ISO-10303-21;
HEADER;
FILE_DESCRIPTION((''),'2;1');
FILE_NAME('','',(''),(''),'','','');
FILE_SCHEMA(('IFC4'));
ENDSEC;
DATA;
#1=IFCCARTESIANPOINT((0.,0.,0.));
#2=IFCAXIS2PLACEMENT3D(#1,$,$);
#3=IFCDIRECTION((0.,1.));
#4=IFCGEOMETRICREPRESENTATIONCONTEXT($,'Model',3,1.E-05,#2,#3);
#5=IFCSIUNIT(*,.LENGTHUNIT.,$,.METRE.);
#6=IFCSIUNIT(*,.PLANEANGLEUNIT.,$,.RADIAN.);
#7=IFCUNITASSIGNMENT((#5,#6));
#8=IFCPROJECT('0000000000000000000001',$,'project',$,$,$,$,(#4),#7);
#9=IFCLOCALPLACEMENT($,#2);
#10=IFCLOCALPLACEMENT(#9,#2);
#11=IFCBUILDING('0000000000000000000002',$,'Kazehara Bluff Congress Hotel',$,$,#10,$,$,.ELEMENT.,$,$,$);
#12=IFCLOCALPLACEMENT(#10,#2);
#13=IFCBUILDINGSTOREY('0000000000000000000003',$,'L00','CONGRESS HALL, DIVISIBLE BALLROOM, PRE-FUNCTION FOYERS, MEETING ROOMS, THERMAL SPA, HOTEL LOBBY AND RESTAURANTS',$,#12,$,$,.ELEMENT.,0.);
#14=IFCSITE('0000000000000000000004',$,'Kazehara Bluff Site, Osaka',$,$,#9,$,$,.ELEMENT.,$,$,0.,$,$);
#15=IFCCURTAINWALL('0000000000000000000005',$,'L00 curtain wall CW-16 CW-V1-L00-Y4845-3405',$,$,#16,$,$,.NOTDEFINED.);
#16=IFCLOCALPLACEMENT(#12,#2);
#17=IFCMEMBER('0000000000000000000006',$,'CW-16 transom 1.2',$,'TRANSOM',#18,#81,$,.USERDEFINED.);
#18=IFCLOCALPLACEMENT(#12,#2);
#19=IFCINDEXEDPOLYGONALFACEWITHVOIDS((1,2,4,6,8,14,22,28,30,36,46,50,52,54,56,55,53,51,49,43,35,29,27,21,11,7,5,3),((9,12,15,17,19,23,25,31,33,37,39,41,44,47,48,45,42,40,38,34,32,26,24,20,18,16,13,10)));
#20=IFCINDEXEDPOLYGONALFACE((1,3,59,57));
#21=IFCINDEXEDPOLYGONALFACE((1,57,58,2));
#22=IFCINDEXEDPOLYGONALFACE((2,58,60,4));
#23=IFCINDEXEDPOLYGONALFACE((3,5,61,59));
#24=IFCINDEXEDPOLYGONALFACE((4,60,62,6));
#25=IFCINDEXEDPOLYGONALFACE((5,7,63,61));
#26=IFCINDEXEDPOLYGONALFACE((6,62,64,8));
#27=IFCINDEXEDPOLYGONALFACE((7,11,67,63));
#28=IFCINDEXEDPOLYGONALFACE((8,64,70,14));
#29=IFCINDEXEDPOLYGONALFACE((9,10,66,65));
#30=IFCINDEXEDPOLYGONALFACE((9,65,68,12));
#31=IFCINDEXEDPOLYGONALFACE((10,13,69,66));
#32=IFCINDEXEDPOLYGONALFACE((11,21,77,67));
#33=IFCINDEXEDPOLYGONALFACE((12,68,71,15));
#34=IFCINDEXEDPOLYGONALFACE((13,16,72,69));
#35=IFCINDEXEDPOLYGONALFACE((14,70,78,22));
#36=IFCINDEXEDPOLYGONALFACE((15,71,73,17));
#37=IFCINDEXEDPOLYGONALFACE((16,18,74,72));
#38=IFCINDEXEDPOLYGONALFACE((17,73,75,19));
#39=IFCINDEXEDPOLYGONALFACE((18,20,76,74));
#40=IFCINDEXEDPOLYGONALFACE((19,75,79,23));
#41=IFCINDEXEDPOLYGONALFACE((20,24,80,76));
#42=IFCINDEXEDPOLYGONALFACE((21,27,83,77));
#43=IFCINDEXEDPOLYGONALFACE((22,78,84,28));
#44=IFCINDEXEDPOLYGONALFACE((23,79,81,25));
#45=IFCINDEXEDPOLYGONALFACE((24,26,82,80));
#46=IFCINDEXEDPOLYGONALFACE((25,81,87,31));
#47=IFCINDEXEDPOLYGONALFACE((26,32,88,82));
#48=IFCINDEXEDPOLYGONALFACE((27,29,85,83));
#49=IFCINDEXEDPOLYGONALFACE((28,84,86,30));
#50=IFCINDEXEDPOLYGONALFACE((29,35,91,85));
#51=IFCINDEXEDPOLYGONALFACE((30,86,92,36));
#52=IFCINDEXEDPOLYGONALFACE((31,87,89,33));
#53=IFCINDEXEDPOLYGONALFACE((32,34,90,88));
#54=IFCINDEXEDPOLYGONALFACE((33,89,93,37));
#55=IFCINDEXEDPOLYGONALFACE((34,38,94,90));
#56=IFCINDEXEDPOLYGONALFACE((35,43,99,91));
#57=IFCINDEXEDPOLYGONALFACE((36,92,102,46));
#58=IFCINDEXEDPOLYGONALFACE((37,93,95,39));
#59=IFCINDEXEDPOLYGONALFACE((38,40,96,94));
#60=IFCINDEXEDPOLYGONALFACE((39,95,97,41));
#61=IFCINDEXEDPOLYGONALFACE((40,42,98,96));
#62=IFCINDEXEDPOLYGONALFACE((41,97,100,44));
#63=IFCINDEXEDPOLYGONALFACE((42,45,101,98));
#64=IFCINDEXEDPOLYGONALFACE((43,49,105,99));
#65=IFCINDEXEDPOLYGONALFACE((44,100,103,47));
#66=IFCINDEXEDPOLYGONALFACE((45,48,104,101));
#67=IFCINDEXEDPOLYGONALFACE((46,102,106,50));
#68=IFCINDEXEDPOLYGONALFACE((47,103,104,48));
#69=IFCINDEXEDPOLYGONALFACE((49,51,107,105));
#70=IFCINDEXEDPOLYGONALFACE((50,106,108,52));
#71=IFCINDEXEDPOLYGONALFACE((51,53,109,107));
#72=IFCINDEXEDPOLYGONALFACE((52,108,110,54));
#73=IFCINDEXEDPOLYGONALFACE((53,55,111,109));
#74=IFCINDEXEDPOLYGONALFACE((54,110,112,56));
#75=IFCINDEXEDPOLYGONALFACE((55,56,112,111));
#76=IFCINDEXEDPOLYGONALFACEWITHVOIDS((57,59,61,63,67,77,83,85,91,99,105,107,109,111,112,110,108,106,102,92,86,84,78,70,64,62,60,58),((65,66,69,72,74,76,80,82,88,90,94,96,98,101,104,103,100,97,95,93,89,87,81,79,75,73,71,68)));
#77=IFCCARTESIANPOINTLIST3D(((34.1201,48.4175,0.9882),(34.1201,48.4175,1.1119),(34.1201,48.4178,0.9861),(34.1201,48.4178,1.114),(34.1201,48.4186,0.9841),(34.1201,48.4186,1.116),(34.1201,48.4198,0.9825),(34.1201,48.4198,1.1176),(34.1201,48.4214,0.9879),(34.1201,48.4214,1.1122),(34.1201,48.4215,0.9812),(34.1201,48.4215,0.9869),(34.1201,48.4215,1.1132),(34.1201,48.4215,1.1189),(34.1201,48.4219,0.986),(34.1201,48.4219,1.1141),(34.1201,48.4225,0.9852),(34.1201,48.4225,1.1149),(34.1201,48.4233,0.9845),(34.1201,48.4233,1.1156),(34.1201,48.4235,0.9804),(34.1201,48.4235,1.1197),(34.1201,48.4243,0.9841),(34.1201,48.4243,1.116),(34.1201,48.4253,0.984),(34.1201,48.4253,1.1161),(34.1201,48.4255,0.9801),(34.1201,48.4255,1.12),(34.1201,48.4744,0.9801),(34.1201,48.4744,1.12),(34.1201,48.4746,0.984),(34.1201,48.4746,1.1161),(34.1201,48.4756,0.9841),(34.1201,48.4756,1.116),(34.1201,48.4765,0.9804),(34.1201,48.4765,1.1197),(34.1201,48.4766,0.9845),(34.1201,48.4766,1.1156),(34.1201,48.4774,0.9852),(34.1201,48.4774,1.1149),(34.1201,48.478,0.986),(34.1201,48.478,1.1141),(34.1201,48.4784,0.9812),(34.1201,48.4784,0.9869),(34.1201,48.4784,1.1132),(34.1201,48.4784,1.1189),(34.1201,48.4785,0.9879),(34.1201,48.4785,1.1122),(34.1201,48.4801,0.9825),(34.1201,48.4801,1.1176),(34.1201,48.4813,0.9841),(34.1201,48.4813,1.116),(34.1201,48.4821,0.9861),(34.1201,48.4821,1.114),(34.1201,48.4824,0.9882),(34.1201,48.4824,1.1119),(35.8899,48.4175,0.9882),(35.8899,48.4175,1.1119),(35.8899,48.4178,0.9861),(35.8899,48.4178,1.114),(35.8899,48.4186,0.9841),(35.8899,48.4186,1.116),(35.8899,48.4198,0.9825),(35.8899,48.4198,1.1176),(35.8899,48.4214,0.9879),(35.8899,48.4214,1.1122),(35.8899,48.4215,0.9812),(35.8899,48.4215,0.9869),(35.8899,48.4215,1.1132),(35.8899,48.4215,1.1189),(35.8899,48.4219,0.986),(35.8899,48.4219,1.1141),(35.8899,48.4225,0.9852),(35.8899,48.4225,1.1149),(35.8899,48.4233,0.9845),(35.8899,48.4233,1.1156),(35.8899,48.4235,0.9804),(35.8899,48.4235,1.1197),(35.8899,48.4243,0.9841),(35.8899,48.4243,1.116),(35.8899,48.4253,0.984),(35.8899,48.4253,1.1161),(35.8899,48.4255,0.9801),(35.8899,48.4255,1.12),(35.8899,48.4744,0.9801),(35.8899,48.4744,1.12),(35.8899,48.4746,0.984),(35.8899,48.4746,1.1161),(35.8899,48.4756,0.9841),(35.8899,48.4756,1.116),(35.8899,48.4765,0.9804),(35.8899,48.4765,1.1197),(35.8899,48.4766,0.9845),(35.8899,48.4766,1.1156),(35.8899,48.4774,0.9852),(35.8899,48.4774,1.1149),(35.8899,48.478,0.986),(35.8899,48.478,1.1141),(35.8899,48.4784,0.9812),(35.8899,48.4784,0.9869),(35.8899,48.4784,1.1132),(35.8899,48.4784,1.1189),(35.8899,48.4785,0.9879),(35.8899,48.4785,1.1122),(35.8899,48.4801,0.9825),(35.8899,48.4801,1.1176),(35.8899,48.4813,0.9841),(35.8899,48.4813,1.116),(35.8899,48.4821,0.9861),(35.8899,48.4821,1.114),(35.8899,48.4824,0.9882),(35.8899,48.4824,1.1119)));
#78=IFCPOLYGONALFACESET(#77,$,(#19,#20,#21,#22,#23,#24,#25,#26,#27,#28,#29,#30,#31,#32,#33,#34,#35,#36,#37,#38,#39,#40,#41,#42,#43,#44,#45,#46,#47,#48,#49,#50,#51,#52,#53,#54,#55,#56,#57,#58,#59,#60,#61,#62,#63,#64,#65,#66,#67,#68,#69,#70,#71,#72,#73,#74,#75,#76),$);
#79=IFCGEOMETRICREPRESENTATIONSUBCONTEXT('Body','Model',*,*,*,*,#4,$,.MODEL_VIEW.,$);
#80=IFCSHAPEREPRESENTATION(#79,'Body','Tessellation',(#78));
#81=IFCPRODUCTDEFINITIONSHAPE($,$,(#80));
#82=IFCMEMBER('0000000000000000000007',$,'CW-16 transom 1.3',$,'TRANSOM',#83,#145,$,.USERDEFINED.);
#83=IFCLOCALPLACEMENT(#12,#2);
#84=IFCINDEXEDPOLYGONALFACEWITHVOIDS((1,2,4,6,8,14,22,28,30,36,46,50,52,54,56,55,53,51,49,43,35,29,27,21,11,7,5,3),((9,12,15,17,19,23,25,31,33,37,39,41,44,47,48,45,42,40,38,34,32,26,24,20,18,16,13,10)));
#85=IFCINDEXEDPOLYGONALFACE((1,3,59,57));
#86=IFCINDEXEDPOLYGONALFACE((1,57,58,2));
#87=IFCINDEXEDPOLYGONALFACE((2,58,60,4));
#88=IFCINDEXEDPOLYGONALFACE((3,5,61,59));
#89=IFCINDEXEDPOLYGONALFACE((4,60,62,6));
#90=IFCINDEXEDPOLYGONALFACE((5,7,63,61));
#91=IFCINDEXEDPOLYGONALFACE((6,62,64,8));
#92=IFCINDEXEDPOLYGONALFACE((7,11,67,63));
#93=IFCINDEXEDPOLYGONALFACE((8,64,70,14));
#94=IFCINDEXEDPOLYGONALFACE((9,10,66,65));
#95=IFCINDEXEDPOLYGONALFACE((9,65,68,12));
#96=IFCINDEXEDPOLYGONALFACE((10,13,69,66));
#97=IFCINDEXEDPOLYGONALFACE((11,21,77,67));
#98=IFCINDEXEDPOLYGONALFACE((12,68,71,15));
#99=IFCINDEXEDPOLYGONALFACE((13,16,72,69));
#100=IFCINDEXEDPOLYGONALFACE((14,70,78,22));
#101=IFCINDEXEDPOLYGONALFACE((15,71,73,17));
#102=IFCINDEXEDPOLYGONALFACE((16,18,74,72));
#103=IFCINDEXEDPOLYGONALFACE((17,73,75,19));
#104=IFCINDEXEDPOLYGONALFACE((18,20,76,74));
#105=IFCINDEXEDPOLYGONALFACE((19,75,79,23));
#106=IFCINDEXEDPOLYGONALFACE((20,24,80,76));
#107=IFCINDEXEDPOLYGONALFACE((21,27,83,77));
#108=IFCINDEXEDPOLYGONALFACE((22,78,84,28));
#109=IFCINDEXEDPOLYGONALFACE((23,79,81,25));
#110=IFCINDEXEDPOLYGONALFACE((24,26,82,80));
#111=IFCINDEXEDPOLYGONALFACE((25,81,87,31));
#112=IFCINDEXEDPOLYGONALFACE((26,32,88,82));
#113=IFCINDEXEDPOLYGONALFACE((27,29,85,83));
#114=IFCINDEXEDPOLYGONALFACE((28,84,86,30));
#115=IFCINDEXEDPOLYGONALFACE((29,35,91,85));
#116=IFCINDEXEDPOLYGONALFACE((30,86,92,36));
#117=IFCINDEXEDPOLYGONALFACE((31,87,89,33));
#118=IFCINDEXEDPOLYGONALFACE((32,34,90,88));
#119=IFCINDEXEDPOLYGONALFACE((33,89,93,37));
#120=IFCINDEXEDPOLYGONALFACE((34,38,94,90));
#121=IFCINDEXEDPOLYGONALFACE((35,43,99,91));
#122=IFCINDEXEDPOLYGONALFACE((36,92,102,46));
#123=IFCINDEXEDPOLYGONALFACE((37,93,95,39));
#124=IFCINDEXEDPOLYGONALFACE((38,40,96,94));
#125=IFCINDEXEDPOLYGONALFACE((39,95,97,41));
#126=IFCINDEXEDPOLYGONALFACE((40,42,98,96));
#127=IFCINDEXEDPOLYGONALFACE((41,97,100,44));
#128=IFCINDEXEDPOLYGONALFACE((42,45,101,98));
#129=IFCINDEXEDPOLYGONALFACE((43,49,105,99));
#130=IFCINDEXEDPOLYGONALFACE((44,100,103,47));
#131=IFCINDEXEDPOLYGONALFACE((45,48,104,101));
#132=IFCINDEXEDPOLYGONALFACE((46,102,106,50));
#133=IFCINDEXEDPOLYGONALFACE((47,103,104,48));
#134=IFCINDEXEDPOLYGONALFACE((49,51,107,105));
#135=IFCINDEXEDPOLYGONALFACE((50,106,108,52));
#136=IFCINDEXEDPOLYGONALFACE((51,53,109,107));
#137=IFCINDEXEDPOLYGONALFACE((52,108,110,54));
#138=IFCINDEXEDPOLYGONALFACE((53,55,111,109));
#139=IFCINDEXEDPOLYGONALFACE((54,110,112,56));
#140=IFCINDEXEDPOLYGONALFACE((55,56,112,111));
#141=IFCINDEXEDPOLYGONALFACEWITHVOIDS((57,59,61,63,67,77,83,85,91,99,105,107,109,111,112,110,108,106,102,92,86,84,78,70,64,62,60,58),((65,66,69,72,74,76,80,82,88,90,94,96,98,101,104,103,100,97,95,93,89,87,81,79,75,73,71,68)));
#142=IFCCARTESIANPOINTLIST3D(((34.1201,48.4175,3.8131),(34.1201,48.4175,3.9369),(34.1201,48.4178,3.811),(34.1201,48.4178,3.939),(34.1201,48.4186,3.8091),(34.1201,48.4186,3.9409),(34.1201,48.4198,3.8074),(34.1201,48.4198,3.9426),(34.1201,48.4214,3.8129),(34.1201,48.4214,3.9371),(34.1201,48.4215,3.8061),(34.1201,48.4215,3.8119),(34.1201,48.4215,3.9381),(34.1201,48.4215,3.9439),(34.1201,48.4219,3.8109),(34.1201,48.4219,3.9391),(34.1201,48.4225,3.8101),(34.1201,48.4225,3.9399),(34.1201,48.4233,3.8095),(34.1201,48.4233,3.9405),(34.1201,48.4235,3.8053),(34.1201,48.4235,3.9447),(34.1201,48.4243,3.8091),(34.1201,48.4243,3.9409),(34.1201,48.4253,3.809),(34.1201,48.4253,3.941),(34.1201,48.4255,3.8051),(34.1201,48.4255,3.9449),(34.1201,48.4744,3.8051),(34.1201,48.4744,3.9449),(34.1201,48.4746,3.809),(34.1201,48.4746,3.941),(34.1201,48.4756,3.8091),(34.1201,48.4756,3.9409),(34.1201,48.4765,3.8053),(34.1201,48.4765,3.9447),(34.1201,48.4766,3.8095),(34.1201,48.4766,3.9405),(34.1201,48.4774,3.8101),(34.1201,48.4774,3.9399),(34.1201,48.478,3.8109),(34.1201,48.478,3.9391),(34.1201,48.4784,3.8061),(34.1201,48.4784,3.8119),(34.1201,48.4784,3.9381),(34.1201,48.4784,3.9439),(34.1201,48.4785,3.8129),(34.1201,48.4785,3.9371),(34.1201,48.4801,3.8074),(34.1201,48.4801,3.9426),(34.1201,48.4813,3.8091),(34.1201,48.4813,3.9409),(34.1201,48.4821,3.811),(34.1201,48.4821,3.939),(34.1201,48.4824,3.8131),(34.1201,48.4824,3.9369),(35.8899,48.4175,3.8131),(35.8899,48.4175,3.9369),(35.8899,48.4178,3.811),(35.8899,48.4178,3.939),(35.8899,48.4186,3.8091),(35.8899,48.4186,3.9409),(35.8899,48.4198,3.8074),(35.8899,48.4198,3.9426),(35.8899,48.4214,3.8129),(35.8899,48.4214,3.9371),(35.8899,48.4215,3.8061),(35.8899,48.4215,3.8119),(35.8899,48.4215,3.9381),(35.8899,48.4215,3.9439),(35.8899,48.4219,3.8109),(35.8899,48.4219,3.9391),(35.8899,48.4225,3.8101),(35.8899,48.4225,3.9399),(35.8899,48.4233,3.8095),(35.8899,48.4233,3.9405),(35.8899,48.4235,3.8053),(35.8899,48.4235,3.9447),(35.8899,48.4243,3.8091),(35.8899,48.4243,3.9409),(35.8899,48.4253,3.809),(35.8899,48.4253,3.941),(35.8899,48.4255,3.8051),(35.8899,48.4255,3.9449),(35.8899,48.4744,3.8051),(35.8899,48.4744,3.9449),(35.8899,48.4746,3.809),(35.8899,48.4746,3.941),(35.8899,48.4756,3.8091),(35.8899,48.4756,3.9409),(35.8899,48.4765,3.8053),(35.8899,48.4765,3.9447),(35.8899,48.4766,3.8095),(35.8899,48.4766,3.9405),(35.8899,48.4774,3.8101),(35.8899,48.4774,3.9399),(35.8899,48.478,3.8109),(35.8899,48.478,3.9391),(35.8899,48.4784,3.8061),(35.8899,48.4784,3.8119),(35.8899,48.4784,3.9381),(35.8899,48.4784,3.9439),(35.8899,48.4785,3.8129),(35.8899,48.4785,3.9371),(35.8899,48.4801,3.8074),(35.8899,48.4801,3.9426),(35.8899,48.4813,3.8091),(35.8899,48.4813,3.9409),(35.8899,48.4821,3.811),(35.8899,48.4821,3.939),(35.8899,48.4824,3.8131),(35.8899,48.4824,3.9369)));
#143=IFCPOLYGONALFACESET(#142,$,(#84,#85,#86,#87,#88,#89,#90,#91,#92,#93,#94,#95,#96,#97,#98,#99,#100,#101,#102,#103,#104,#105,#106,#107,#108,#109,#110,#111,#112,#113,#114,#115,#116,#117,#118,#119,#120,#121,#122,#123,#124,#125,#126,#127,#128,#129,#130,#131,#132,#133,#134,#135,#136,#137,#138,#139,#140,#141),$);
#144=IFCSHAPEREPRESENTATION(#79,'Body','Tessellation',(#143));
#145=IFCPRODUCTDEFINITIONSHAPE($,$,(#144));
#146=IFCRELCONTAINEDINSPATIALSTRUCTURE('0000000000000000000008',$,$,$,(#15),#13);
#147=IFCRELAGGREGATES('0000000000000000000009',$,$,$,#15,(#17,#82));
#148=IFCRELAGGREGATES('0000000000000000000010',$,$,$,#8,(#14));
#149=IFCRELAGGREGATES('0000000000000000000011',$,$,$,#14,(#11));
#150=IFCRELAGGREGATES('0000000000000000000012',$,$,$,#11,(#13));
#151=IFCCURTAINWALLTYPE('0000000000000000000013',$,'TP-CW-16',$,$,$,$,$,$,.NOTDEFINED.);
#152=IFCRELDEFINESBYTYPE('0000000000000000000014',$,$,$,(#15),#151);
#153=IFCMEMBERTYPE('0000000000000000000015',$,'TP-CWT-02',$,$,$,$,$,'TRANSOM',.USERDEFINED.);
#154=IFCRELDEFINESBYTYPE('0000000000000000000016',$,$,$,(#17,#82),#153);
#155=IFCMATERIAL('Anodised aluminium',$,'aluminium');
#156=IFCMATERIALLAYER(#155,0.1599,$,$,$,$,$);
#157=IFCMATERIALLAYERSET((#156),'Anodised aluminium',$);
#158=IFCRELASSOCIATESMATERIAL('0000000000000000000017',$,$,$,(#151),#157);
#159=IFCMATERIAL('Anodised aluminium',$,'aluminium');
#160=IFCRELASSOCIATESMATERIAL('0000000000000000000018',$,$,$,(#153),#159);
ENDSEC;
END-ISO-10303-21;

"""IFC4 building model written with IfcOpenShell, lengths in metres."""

from ifc_helpers import new_model, si_unit, direction, frame, origin, origin_2d, place, context, subcontext, project, spatial, hollow_rectangle, extrude, material, layer, layer_set, material_profile, profile_set, type_object, element, aggregate, save


model = new_model("IFC4")

# Units and contexts
model_context = context("Model", 3, precision=1e-05, world=origin(), true_north=direction((0.0, 1.0)))
body_context = subcontext(model_context, "Body", "Model", "MODEL_VIEW")
ifc_project = project(units=[si_unit("LENGTHUNIT", "METRE"), si_unit("PLANEANGLEUNIT", "RADIAN")], contexts=[model_context])

# Site, building, storey
site_placement = place(None, origin())
site = spatial("IfcSite", under=ifc_project, at=site_placement, Name="Kazehara Bluff Site, Osaka", CompositionType="ELEMENT", RefElevation=0.0)
building_placement = place(site_placement, origin())
building = spatial("IfcBuilding", under=site, at=building_placement, Name="Kazehara Bluff Congress Hotel", CompositionType="ELEMENT")
storey_placement = place(building_placement, origin())
storey = spatial("IfcBuildingStorey", under=building, at=storey_placement, Name="L00", Description="CONGRESS HALL, DIVISIBLE BALLROOM, PRE-FUNCTION FOYERS, MEETING ROOMS, THERMAL SPA, HOTEL LOBBY AND RESTAURANTS", CompositionType="ELEMENT", Elevation=0.0)

# Curtain wall, members
ifc_material_1 = material(Name="Anodised aluminium", Category="aluminium")
ifc_layer_1 = layer(ifc_material_1, 0.1599)
ifc_layer_set_1 = layer_set([ifc_layer_1], Name="Anodised aluminium")
curtain_wall_type = type_object("IfcCurtainWallType", Name="TP-CW-16", PredefinedType="NOTDEFINED", material=ifc_layer_set_1)
curtain_wall_placement = place(storey_placement, origin())
curtain_wall = element("IfcCurtainWall", 1, at=curtain_wall_placement, inside=storey, type_object=curtain_wall_type, Name="L00 curtain wall CW-16 CW-V1-L00-Y4845-3405", PredefinedType="NOTDEFINED")
ifc_material_2 = material(Name="Anodised aluminium", Category="aluminium")
ifc_material_profile_1 = material_profile(ifc_material_2, hollow_rectangle(XDim=0.0649, YDim=0.1399, WallThickness=0.0039, InnerFilletRadius=0.0039, OuterFilletRadius=0.0081, at=origin_2d()))
ifc_profile_set_1 = profile_set([ifc_material_profile_1], Name="Anodised aluminium")
member_type_1 = type_object("IfcMemberType", Name="TP-CWT-02", ElementType="TRANSOM", PredefinedType="USERDEFINED", material=ifc_profile_set_1)
member_1_placement = place(storey_placement, frame((34.1201, 48.45, 1.05), z_axis=(1.0, 0.0, 0.0), x_axis=(0.0, 1.0, 0.0)))
member_1 = element("IfcMember", 2, at=member_1_placement, type_object=member_type_1, Name="CW-16 transom 1.2", ObjectType="TRANSOM", PredefinedType="USERDEFINED", context=body_context, shape_type="SweptSolid", body=[
    extrude(hollow_rectangle(XDim=0.0649, YDim=0.1399, WallThickness=0.0039, InnerFilletRadius=0.0039, OuterFilletRadius=0.0081, at=origin_2d()), origin(), (0.0, 0.0, 1.0), 1.7698),
])
member_2_placement = place(storey_placement, frame((34.1201, 48.45, 3.875), z_axis=(1.0, 0.0, 0.0), x_axis=(0.0, 1.0, 0.0)))
member_2 = element("IfcMember", 3, at=member_2_placement, type_object=member_type_1, Name="CW-16 transom 1.3", ObjectType="TRANSOM", PredefinedType="USERDEFINED", context=body_context, shape_type="SweptSolid", body=[
    extrude(hollow_rectangle(XDim=0.0649, YDim=0.1399, WallThickness=0.0039, InnerFilletRadius=0.0039, OuterFilletRadius=0.0081, at=origin_2d()), origin(), (0.0, 0.0, 1.0), 1.7698),
])

aggregate(curtain_wall, [member_1, member_2])

save(model, "model.ifc")
